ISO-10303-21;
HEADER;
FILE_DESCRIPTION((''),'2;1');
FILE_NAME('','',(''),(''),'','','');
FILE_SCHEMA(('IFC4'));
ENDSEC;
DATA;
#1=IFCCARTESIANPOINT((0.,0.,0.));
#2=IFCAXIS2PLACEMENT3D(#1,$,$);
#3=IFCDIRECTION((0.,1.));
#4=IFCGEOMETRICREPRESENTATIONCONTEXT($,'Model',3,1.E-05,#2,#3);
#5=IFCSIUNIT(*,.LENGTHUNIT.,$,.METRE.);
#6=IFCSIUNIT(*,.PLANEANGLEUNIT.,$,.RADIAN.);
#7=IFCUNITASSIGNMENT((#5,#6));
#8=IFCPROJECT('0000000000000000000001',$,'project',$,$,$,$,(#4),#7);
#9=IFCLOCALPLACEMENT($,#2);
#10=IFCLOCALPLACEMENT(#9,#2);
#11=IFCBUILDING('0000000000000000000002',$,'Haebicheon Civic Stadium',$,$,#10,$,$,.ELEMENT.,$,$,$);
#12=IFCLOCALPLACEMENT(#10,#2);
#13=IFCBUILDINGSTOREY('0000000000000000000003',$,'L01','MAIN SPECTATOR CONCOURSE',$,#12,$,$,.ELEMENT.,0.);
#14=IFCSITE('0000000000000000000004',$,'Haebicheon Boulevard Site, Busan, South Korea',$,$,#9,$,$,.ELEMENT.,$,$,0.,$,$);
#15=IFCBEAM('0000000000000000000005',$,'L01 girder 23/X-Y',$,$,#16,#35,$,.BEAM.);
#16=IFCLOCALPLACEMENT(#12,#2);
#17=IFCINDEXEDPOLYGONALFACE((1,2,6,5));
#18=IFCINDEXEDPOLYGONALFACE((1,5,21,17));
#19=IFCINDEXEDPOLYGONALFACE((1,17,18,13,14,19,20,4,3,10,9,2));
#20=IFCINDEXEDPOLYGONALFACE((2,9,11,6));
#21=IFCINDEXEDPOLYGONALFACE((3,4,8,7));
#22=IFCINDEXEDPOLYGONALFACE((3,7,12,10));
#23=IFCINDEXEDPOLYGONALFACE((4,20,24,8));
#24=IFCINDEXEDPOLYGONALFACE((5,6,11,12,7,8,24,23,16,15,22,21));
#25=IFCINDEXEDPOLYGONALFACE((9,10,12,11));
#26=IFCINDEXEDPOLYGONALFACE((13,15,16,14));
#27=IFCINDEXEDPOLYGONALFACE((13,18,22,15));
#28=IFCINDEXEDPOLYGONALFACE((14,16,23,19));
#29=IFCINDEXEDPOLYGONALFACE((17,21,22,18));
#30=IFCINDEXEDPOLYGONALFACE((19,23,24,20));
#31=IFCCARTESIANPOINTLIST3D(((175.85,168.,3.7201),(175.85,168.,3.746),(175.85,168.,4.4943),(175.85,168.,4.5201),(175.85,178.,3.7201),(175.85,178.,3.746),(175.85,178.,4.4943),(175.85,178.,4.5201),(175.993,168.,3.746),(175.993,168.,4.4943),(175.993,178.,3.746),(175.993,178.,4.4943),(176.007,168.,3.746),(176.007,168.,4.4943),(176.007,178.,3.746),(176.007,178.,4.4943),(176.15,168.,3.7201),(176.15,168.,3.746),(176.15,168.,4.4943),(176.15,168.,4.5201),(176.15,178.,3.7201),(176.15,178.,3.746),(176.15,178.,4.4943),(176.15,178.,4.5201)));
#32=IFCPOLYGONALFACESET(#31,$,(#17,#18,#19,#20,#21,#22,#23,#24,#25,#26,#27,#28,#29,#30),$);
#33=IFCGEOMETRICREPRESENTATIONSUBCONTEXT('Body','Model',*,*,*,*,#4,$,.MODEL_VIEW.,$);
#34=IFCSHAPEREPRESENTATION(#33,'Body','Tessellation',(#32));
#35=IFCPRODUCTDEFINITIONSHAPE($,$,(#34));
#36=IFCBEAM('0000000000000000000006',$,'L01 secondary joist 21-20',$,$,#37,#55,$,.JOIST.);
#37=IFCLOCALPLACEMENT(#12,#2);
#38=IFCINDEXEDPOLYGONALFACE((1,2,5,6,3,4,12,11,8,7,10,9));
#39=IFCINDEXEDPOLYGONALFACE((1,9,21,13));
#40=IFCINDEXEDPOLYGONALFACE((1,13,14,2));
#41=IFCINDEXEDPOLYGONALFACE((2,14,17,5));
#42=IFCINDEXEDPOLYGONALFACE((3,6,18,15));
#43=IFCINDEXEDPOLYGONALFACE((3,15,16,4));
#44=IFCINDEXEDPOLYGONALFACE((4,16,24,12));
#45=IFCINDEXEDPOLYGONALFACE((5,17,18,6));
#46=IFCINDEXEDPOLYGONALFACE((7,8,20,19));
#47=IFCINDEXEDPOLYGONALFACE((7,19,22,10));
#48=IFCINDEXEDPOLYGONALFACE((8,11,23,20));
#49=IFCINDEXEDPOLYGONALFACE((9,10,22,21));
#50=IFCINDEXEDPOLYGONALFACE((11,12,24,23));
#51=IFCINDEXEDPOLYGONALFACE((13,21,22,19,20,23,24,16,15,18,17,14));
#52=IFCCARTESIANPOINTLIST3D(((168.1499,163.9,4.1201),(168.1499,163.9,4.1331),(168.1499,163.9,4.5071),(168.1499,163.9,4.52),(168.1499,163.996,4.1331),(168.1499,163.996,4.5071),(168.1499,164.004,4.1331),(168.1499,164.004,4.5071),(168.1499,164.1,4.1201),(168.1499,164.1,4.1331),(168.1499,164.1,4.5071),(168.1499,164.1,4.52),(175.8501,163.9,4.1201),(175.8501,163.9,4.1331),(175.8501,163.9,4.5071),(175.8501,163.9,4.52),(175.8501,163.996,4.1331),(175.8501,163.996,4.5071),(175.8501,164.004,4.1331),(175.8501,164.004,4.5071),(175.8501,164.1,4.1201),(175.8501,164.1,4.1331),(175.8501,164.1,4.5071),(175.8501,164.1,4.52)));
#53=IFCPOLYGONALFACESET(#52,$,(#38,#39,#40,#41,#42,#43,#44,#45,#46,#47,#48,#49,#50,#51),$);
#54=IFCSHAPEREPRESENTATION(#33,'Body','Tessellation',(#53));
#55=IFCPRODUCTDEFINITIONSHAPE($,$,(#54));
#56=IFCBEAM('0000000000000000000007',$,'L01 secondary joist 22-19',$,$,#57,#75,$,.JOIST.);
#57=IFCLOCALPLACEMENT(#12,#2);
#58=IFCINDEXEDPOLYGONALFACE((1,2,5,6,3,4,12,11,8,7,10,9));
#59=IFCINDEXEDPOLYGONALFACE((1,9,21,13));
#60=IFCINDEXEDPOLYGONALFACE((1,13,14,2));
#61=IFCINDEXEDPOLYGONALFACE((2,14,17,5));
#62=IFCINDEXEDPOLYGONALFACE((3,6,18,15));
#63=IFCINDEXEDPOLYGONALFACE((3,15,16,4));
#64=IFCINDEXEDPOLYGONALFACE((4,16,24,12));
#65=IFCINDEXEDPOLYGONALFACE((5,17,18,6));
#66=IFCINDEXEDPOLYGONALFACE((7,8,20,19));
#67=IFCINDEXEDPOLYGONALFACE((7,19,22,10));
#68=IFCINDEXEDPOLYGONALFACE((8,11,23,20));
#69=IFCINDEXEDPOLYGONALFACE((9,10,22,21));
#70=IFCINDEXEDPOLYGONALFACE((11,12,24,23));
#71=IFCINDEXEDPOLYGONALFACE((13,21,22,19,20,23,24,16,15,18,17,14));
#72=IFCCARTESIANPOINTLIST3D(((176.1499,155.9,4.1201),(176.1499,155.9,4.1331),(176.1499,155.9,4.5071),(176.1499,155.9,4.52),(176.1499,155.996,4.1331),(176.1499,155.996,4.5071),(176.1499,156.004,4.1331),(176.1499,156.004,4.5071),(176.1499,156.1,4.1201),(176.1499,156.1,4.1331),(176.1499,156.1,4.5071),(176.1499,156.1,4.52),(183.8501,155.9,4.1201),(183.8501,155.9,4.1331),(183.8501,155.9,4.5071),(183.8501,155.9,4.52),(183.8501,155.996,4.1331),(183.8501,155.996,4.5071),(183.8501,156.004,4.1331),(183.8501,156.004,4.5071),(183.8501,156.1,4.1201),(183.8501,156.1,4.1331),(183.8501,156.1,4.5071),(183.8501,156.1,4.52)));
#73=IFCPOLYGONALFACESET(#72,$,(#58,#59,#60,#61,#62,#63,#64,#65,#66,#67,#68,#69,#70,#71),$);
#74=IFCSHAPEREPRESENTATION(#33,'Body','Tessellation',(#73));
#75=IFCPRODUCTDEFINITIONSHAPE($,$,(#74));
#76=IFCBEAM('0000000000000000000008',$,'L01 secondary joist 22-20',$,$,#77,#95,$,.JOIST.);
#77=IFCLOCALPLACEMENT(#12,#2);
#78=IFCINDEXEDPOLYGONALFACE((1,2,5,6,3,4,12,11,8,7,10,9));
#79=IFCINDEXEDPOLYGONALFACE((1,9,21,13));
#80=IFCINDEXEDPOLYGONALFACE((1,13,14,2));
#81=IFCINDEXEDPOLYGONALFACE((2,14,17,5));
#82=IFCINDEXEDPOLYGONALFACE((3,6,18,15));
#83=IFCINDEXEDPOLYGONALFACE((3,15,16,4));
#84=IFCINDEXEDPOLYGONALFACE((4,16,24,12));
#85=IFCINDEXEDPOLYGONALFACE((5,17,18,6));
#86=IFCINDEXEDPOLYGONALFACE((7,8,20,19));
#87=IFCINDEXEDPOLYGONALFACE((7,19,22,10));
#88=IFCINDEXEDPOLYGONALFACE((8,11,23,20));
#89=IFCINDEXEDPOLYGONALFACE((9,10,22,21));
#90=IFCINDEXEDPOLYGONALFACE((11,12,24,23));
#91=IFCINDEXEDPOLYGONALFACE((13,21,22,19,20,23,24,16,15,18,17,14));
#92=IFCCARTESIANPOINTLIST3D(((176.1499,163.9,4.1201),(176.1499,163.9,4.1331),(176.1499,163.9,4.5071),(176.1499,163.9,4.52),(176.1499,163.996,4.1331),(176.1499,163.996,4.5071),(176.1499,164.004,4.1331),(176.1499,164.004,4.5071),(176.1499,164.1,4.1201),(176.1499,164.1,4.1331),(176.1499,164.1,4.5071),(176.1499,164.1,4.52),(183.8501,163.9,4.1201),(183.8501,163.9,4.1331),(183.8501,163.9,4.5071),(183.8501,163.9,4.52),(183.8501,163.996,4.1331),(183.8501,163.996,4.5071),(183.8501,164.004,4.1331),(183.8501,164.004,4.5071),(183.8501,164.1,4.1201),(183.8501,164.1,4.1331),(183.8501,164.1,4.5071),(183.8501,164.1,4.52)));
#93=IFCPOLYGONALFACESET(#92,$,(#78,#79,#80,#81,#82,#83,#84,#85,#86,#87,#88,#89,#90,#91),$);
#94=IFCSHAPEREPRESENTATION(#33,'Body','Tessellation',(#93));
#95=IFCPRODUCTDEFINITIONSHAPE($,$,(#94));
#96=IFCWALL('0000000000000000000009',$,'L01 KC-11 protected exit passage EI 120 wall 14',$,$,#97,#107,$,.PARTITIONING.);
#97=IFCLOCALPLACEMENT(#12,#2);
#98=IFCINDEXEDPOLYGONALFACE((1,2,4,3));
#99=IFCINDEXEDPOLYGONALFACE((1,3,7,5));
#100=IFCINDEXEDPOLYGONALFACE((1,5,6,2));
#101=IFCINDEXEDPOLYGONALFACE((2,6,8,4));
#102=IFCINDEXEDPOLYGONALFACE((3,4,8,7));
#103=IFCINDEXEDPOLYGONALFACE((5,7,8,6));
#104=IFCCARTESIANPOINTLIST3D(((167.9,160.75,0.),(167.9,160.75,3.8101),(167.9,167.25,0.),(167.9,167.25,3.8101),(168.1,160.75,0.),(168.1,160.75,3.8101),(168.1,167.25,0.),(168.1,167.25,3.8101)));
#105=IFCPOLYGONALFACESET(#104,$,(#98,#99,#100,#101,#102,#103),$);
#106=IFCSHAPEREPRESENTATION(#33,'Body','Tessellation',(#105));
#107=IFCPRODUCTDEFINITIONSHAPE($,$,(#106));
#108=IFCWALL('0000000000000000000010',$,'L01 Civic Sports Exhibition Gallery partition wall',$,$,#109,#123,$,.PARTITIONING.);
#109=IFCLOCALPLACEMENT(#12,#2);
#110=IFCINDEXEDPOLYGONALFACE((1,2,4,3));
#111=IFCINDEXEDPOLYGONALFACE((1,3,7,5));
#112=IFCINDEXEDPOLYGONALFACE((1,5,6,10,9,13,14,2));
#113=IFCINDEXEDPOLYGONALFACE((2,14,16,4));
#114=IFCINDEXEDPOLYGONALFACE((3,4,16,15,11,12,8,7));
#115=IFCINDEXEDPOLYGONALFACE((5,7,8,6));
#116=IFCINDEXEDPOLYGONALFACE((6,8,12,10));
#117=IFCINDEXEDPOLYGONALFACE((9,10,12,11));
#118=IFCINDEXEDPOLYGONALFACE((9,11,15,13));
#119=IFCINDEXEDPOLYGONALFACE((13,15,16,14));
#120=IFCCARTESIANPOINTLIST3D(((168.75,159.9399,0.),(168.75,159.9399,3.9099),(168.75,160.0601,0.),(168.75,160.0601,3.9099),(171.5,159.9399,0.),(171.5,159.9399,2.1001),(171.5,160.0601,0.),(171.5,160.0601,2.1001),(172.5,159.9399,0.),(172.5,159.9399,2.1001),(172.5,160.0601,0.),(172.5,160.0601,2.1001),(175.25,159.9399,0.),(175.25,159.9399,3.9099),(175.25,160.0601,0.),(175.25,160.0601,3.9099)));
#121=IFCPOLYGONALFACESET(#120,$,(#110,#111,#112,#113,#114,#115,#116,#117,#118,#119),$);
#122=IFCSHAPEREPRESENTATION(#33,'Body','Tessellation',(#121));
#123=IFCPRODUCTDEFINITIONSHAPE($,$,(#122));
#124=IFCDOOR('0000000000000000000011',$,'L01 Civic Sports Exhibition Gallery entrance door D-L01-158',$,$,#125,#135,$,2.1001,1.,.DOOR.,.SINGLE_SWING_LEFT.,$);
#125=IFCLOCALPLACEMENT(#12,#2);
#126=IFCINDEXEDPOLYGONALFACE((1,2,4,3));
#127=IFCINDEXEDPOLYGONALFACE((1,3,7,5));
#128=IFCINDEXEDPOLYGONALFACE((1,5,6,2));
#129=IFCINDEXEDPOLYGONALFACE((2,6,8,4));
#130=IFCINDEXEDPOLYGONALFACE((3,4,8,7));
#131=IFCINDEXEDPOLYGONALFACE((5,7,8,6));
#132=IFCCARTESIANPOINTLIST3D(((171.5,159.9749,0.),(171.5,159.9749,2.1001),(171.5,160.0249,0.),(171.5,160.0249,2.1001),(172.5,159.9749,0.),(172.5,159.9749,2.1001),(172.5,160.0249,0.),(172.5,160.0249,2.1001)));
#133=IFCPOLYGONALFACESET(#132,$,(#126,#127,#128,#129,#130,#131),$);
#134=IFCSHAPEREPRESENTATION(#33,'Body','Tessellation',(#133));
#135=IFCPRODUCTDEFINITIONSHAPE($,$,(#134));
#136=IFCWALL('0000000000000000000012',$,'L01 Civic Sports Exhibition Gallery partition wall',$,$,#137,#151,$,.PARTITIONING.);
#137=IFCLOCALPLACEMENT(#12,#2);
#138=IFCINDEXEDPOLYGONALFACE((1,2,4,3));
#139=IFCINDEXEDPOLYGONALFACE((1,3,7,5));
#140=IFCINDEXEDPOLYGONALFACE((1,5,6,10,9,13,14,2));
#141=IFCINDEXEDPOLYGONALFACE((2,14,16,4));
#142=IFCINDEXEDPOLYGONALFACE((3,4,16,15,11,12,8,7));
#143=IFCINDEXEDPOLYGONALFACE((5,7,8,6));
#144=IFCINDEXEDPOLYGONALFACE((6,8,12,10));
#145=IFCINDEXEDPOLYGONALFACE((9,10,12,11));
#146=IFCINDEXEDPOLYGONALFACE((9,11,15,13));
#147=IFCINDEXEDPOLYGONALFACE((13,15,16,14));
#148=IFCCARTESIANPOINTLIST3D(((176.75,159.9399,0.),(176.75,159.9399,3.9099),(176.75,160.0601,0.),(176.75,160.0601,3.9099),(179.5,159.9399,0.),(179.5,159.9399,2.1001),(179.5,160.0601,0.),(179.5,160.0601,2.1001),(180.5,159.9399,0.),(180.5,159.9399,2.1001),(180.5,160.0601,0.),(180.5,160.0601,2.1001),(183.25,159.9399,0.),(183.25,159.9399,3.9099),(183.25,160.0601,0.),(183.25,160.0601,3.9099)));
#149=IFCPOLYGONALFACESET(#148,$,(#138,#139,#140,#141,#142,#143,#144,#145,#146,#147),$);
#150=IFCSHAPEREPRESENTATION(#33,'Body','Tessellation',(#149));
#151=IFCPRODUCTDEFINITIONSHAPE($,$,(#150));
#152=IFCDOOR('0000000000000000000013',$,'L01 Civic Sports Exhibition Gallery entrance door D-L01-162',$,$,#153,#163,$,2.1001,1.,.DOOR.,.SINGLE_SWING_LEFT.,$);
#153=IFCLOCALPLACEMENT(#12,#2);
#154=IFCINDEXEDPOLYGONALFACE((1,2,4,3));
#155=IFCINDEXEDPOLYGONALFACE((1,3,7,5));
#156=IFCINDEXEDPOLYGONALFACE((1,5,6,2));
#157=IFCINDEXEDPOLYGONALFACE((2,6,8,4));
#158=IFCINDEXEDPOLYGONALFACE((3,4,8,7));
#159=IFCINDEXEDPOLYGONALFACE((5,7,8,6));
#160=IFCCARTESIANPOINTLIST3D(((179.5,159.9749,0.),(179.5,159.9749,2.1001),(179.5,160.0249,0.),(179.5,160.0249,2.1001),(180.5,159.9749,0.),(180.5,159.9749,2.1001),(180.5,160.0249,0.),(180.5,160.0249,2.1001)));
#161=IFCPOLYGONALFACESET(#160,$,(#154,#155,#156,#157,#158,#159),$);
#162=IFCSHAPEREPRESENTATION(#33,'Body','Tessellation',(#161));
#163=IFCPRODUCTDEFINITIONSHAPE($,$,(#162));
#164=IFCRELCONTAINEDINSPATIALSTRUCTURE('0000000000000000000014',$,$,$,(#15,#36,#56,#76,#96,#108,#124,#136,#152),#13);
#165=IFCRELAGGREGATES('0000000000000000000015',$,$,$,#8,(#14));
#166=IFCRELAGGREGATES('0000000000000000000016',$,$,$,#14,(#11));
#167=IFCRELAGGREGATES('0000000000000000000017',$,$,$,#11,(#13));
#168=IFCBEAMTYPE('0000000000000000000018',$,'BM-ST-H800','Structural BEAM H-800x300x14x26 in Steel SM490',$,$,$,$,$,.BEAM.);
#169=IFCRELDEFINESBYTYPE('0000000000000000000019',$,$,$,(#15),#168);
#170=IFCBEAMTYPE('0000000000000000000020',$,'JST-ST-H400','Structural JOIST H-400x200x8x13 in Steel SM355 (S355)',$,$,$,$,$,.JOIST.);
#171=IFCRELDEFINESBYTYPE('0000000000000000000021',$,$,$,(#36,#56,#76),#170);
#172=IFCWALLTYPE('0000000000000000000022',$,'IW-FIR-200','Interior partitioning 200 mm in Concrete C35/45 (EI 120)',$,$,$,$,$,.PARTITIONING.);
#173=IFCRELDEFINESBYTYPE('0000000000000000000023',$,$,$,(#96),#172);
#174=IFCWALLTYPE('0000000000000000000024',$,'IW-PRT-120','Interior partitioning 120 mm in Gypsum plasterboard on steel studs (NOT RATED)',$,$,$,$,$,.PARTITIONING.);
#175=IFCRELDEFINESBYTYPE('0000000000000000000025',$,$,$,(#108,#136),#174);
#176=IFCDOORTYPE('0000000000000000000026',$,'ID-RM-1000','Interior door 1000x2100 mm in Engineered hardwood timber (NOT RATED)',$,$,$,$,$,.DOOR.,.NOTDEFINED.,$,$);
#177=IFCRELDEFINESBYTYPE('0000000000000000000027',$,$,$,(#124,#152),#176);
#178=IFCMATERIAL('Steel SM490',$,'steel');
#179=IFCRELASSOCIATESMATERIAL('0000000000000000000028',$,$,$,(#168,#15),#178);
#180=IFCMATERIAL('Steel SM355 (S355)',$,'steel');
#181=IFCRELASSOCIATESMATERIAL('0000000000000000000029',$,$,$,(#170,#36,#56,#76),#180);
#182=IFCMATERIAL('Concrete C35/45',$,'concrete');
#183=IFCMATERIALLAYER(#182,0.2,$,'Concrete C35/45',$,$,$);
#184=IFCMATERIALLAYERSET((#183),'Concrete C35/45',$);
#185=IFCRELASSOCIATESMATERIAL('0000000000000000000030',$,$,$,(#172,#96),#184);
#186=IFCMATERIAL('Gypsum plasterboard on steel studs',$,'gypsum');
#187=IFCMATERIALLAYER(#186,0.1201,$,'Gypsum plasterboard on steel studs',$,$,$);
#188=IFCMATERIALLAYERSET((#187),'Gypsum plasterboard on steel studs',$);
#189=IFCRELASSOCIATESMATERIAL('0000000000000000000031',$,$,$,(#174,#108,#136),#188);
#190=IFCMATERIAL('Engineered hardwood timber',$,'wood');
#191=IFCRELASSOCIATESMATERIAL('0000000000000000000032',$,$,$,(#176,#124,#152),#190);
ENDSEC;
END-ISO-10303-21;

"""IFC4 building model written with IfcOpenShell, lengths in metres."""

from ifc_helpers import new_model, si_unit, direction, frame, frame_2d, origin, origin_2d, place, context, subcontext, project, spatial, rectangle, i_section, extrude, material, layer, layer_set, material_profile, profile_set, type_object, element, fill, save


model = new_model("IFC4")

# Units and contexts
model_context = context("Model", 3, precision=1e-05, world=origin(), true_north=direction((0.0, 1.0)))
body_context = subcontext(model_context, "Body", "Model", "MODEL_VIEW")
ifc_project = project(units=[si_unit("LENGTHUNIT", "METRE"), si_unit("PLANEANGLEUNIT", "RADIAN")], contexts=[model_context])

# Site, building, storey
site_placement = place(None, origin())
site = spatial("IfcSite", under=ifc_project, at=site_placement, Name="Haebicheon Boulevard Site, Busan, South Korea", CompositionType="ELEMENT", RefElevation=0.0)
building_placement = place(site_placement, origin())
building = spatial("IfcBuilding", under=site, at=building_placement, Name="Haebicheon Civic Stadium", CompositionType="ELEMENT")
storey_placement = place(building_placement, origin())
storey = spatial("IfcBuildingStorey", under=building, at=storey_placement, Name="L01", Description="MAIN SPECTATOR CONCOURSE", CompositionType="ELEMENT", Elevation=0.0)

# Beams
ifc_material_1 = material(Name="Steel SM490", Category="steel")
ifc_material_profile_1 = material_profile(ifc_material_1, i_section(OverallWidth=0.3, OverallDepth=0.8, WebThickness=0.0139, FlangeThickness=0.0259, at=origin_2d()), Name="H-800x300x14x26")
ifc_profile_set_1 = profile_set([ifc_material_profile_1], Name="Steel SM490")
beam_type_1 = type_object("IfcBeamType", Name="BM-ST-H800", Description="Structural BEAM H-800x300x14x26 in Steel SM490", PredefinedType="BEAM", material=ifc_profile_set_1)
for number, where, z_axis, x_axis, name in (
    (1, (176.0, 168.0, 4.1201), (0.0, 1.0, 0.0), (-1.0, 0.0, 0.0), "L01 girder 23/X-Y"),
):
    element("IfcBeam", number, at=place(storey_placement, frame(where, z_axis=z_axis, x_axis=x_axis)), inside=storey, type_object=beam_type_1, material=ifc_profile_set_1, Name=name, PredefinedType="BEAM", context=body_context, shape_type="SweptSolid", body=[
        extrude(i_section(OverallWidth=0.3, OverallDepth=0.8, WebThickness=0.0139, FlangeThickness=0.0259, at=origin_2d()), origin(), (0.0, 0.0, 1.0), 10.0),
    ])
ifc_material_2 = material(Name="Steel SM355 (S355)", Category="steel")
ifc_material_profile_2 = material_profile(ifc_material_2, i_section(OverallWidth=0.2, OverallDepth=0.3999, WebThickness=0.0081, FlangeThickness=0.0129, at=origin_2d()), Name="H-400x200x8x13")
ifc_profile_set_2 = profile_set([ifc_material_profile_2], Name="Steel SM355 (S355)")
beam_type_2 = type_object("IfcBeamType", Name="JST-ST-H400", Description="Structural JOIST H-400x200x8x13 in Steel SM355 (S355)", PredefinedType="JOIST", material=ifc_profile_set_2)
for number, where, z_axis, x_axis, name in (
    (2, (168.1499, 164.0, 4.3201), (1.0, 0.0, 0.0), (0.0, 1.0, 0.0), "L01 secondary joist 21-20"),
    (3, (176.1499, 156.0, 4.3201), (1.0, 0.0, 0.0), (0.0, 1.0, 0.0), "L01 secondary joist 22-19"),
    (4, (176.1499, 164.0, 4.3201), (1.0, 0.0, 0.0), (0.0, 1.0, 0.0), "L01 secondary joist 22-20"),
):
    element("IfcBeam", number, at=place(storey_placement, frame(where, z_axis=z_axis, x_axis=x_axis)), inside=storey, type_object=beam_type_2, material=ifc_profile_set_2, Name=name, PredefinedType="JOIST", context=body_context, shape_type="SweptSolid", body=[
        extrude(i_section(OverallWidth=0.2, OverallDepth=0.3999, WebThickness=0.0081, FlangeThickness=0.0129, at=origin_2d()), origin(), (0.0, 0.0, 1.0), 7.7002),
    ])

# Wall
ifc_material_3 = material(Name="Concrete C35/45", Category="concrete")
ifc_layer_1 = layer(ifc_material_3, 0.2, Name="Concrete C35/45")
ifc_layer_set_1 = layer_set([ifc_layer_1], Name="Concrete C35/45")
wall_type_1 = type_object("IfcWallType", Name="IW-FIR-200", Description="Interior partitioning 200 mm in Concrete C35/45 (EI 120)", PredefinedType="PARTITIONING", material=ifc_layer_set_1)
wall_1_placement = place(storey_placement, frame((168.0, 160.75, 0.0), z_axis=(0.0, 0.0, 1.0), x_axis=(0.0, 1.0, 0.0)))
element("IfcWall", 5, at=wall_1_placement, inside=storey, type_object=wall_type_1, material=ifc_layer_set_1, Name="L01 KC-11 protected exit passage EI 120 wall 14", PredefinedType="PARTITIONING", context=body_context, shape_type="SweptSolid", body=[
    extrude(rectangle(XDim=6.5, YDim=0.2, at=frame_2d((3.25, 0.0))), origin(), (0.0, 0.0, 1.0), 3.8101),
])

# Walls, openings, doors
ifc_material_4 = material(Name="Gypsum plasterboard on steel studs", Category="gypsum")
ifc_layer_2 = layer(ifc_material_4, 0.1201, Name="Gypsum plasterboard on steel studs")
ifc_layer_set_2 = layer_set([ifc_layer_2], Name="Gypsum plasterboard on steel studs")
wall_type_2 = type_object("IfcWallType", Name="IW-PRT-120", Description="Interior partitioning 120 mm in Gypsum plasterboard on steel studs (NOT RATED)", PredefinedType="PARTITIONING", material=ifc_layer_set_2)
wall_2_placement = place(storey_placement, frame((168.75, 160.0, 0.0), z_axis=(0.0, 0.0, 1.0), x_axis=(1.0, 0.0, 0.0)))
wall_2 = element("IfcWall", 6, at=wall_2_placement, inside=storey, type_object=wall_type_2, material=ifc_layer_set_2, Name="L01 Civic Sports Exhibition Gallery partition wall", PredefinedType="PARTITIONING", context=body_context, shape_type="SweptSolid", body=[
    extrude(rectangle(XDim=6.5, YDim=0.1201, at=frame_2d((3.25, 0.0))), origin(), (0.0, 0.0, 1.0), 3.9099),
])
opening_1_placement = place(wall_2_placement, frame((2.75, 0.0, 0.0)))
opening_1 = element("IfcOpeningElement", 7, at=opening_1_placement, cuts=wall_2, PredefinedType="OPENING", context=body_context, shape_type="SweptSolid", body=[
    extrude(rectangle(XDim=1.0, YDim=2.1001, at=frame_2d((0.5, 1.05))), frame((0.0, 0.0701, 0.0), z_axis=(0.0, -1.0, 0.0), x_axis=(1.0, 0.0, 0.0)), (0.0, 0.0, 1.0), 0.1401),
])
ifc_material_5 = material(Name="Engineered hardwood timber", Category="wood")
door_type = type_object("IfcDoorType", Name="ID-RM-1000", Description="Interior door 1000x2100 mm in Engineered hardwood timber (NOT RATED)", OperationType="NOTDEFINED", PredefinedType="DOOR", material=ifc_material_5)
door_1_placement = place(opening_1_placement, origin())
door_1 = element("IfcDoor", 8, at=door_1_placement, inside=storey, type_object=door_type, material=ifc_material_5, Name="L01 Civic Sports Exhibition Gallery entrance door D-L01-158", OperationType="SINGLE_SWING_LEFT", OverallHeight=2.1001, OverallWidth=1.0, PredefinedType="DOOR", context=body_context, shape_type="SweptSolid", body=[
    extrude(rectangle(XDim=1.0, YDim=2.1001, at=frame_2d((0.5, 1.05))), frame((0.0, 0.0249, 0.0), z_axis=(0.0, -1.0, 0.0), x_axis=(1.0, 0.0, 0.0)), (0.0, 0.0, 1.0), 0.05),
])
fill(opening_1, door_1)
wall_3_placement = place(storey_placement, frame((176.75, 160.0, 0.0), z_axis=(0.0, 0.0, 1.0), x_axis=(1.0, 0.0, 0.0)))
wall_3 = element("IfcWall", 9, at=wall_3_placement, inside=storey, type_object=wall_type_2, material=ifc_layer_set_2, Name="L01 Civic Sports Exhibition Gallery partition wall", PredefinedType="PARTITIONING", context=body_context, shape_type="SweptSolid", body=[
    extrude(rectangle(XDim=6.5, YDim=0.1201, at=frame_2d((3.25, 0.0))), origin(), (0.0, 0.0, 1.0), 3.9099),
])
opening_2_placement = place(wall_3_placement, frame((2.75, 0.0, 0.0)))
opening_2 = element("IfcOpeningElement", 10, at=opening_2_placement, cuts=wall_3, PredefinedType="OPENING", context=body_context, shape_type="SweptSolid", body=[
    extrude(rectangle(XDim=1.0, YDim=2.1001, at=frame_2d((0.5, 1.05))), frame((0.0, 0.0701, 0.0), z_axis=(0.0, -1.0, 0.0), x_axis=(1.0, 0.0, 0.0)), (0.0, 0.0, 1.0), 0.1401),
])
door_2_placement = place(opening_2_placement, origin())
door_2 = element("IfcDoor", 11, at=door_2_placement, inside=storey, type_object=door_type, material=ifc_material_5, Name="L01 Civic Sports Exhibition Gallery entrance door D-L01-162", OperationType="SINGLE_SWING_LEFT", OverallHeight=2.1001, OverallWidth=1.0, PredefinedType="DOOR", context=body_context, shape_type="SweptSolid", body=[
    extrude(rectangle(XDim=1.0, YDim=2.1001, at=frame_2d((0.5, 1.05))), frame((0.0, 0.0249, 0.0), z_axis=(0.0, -1.0, 0.0), x_axis=(1.0, 0.0, 0.0)), (0.0, 0.0, 1.0), 0.05),
])
fill(opening_2, door_2)

save(model, "model.ifc")
